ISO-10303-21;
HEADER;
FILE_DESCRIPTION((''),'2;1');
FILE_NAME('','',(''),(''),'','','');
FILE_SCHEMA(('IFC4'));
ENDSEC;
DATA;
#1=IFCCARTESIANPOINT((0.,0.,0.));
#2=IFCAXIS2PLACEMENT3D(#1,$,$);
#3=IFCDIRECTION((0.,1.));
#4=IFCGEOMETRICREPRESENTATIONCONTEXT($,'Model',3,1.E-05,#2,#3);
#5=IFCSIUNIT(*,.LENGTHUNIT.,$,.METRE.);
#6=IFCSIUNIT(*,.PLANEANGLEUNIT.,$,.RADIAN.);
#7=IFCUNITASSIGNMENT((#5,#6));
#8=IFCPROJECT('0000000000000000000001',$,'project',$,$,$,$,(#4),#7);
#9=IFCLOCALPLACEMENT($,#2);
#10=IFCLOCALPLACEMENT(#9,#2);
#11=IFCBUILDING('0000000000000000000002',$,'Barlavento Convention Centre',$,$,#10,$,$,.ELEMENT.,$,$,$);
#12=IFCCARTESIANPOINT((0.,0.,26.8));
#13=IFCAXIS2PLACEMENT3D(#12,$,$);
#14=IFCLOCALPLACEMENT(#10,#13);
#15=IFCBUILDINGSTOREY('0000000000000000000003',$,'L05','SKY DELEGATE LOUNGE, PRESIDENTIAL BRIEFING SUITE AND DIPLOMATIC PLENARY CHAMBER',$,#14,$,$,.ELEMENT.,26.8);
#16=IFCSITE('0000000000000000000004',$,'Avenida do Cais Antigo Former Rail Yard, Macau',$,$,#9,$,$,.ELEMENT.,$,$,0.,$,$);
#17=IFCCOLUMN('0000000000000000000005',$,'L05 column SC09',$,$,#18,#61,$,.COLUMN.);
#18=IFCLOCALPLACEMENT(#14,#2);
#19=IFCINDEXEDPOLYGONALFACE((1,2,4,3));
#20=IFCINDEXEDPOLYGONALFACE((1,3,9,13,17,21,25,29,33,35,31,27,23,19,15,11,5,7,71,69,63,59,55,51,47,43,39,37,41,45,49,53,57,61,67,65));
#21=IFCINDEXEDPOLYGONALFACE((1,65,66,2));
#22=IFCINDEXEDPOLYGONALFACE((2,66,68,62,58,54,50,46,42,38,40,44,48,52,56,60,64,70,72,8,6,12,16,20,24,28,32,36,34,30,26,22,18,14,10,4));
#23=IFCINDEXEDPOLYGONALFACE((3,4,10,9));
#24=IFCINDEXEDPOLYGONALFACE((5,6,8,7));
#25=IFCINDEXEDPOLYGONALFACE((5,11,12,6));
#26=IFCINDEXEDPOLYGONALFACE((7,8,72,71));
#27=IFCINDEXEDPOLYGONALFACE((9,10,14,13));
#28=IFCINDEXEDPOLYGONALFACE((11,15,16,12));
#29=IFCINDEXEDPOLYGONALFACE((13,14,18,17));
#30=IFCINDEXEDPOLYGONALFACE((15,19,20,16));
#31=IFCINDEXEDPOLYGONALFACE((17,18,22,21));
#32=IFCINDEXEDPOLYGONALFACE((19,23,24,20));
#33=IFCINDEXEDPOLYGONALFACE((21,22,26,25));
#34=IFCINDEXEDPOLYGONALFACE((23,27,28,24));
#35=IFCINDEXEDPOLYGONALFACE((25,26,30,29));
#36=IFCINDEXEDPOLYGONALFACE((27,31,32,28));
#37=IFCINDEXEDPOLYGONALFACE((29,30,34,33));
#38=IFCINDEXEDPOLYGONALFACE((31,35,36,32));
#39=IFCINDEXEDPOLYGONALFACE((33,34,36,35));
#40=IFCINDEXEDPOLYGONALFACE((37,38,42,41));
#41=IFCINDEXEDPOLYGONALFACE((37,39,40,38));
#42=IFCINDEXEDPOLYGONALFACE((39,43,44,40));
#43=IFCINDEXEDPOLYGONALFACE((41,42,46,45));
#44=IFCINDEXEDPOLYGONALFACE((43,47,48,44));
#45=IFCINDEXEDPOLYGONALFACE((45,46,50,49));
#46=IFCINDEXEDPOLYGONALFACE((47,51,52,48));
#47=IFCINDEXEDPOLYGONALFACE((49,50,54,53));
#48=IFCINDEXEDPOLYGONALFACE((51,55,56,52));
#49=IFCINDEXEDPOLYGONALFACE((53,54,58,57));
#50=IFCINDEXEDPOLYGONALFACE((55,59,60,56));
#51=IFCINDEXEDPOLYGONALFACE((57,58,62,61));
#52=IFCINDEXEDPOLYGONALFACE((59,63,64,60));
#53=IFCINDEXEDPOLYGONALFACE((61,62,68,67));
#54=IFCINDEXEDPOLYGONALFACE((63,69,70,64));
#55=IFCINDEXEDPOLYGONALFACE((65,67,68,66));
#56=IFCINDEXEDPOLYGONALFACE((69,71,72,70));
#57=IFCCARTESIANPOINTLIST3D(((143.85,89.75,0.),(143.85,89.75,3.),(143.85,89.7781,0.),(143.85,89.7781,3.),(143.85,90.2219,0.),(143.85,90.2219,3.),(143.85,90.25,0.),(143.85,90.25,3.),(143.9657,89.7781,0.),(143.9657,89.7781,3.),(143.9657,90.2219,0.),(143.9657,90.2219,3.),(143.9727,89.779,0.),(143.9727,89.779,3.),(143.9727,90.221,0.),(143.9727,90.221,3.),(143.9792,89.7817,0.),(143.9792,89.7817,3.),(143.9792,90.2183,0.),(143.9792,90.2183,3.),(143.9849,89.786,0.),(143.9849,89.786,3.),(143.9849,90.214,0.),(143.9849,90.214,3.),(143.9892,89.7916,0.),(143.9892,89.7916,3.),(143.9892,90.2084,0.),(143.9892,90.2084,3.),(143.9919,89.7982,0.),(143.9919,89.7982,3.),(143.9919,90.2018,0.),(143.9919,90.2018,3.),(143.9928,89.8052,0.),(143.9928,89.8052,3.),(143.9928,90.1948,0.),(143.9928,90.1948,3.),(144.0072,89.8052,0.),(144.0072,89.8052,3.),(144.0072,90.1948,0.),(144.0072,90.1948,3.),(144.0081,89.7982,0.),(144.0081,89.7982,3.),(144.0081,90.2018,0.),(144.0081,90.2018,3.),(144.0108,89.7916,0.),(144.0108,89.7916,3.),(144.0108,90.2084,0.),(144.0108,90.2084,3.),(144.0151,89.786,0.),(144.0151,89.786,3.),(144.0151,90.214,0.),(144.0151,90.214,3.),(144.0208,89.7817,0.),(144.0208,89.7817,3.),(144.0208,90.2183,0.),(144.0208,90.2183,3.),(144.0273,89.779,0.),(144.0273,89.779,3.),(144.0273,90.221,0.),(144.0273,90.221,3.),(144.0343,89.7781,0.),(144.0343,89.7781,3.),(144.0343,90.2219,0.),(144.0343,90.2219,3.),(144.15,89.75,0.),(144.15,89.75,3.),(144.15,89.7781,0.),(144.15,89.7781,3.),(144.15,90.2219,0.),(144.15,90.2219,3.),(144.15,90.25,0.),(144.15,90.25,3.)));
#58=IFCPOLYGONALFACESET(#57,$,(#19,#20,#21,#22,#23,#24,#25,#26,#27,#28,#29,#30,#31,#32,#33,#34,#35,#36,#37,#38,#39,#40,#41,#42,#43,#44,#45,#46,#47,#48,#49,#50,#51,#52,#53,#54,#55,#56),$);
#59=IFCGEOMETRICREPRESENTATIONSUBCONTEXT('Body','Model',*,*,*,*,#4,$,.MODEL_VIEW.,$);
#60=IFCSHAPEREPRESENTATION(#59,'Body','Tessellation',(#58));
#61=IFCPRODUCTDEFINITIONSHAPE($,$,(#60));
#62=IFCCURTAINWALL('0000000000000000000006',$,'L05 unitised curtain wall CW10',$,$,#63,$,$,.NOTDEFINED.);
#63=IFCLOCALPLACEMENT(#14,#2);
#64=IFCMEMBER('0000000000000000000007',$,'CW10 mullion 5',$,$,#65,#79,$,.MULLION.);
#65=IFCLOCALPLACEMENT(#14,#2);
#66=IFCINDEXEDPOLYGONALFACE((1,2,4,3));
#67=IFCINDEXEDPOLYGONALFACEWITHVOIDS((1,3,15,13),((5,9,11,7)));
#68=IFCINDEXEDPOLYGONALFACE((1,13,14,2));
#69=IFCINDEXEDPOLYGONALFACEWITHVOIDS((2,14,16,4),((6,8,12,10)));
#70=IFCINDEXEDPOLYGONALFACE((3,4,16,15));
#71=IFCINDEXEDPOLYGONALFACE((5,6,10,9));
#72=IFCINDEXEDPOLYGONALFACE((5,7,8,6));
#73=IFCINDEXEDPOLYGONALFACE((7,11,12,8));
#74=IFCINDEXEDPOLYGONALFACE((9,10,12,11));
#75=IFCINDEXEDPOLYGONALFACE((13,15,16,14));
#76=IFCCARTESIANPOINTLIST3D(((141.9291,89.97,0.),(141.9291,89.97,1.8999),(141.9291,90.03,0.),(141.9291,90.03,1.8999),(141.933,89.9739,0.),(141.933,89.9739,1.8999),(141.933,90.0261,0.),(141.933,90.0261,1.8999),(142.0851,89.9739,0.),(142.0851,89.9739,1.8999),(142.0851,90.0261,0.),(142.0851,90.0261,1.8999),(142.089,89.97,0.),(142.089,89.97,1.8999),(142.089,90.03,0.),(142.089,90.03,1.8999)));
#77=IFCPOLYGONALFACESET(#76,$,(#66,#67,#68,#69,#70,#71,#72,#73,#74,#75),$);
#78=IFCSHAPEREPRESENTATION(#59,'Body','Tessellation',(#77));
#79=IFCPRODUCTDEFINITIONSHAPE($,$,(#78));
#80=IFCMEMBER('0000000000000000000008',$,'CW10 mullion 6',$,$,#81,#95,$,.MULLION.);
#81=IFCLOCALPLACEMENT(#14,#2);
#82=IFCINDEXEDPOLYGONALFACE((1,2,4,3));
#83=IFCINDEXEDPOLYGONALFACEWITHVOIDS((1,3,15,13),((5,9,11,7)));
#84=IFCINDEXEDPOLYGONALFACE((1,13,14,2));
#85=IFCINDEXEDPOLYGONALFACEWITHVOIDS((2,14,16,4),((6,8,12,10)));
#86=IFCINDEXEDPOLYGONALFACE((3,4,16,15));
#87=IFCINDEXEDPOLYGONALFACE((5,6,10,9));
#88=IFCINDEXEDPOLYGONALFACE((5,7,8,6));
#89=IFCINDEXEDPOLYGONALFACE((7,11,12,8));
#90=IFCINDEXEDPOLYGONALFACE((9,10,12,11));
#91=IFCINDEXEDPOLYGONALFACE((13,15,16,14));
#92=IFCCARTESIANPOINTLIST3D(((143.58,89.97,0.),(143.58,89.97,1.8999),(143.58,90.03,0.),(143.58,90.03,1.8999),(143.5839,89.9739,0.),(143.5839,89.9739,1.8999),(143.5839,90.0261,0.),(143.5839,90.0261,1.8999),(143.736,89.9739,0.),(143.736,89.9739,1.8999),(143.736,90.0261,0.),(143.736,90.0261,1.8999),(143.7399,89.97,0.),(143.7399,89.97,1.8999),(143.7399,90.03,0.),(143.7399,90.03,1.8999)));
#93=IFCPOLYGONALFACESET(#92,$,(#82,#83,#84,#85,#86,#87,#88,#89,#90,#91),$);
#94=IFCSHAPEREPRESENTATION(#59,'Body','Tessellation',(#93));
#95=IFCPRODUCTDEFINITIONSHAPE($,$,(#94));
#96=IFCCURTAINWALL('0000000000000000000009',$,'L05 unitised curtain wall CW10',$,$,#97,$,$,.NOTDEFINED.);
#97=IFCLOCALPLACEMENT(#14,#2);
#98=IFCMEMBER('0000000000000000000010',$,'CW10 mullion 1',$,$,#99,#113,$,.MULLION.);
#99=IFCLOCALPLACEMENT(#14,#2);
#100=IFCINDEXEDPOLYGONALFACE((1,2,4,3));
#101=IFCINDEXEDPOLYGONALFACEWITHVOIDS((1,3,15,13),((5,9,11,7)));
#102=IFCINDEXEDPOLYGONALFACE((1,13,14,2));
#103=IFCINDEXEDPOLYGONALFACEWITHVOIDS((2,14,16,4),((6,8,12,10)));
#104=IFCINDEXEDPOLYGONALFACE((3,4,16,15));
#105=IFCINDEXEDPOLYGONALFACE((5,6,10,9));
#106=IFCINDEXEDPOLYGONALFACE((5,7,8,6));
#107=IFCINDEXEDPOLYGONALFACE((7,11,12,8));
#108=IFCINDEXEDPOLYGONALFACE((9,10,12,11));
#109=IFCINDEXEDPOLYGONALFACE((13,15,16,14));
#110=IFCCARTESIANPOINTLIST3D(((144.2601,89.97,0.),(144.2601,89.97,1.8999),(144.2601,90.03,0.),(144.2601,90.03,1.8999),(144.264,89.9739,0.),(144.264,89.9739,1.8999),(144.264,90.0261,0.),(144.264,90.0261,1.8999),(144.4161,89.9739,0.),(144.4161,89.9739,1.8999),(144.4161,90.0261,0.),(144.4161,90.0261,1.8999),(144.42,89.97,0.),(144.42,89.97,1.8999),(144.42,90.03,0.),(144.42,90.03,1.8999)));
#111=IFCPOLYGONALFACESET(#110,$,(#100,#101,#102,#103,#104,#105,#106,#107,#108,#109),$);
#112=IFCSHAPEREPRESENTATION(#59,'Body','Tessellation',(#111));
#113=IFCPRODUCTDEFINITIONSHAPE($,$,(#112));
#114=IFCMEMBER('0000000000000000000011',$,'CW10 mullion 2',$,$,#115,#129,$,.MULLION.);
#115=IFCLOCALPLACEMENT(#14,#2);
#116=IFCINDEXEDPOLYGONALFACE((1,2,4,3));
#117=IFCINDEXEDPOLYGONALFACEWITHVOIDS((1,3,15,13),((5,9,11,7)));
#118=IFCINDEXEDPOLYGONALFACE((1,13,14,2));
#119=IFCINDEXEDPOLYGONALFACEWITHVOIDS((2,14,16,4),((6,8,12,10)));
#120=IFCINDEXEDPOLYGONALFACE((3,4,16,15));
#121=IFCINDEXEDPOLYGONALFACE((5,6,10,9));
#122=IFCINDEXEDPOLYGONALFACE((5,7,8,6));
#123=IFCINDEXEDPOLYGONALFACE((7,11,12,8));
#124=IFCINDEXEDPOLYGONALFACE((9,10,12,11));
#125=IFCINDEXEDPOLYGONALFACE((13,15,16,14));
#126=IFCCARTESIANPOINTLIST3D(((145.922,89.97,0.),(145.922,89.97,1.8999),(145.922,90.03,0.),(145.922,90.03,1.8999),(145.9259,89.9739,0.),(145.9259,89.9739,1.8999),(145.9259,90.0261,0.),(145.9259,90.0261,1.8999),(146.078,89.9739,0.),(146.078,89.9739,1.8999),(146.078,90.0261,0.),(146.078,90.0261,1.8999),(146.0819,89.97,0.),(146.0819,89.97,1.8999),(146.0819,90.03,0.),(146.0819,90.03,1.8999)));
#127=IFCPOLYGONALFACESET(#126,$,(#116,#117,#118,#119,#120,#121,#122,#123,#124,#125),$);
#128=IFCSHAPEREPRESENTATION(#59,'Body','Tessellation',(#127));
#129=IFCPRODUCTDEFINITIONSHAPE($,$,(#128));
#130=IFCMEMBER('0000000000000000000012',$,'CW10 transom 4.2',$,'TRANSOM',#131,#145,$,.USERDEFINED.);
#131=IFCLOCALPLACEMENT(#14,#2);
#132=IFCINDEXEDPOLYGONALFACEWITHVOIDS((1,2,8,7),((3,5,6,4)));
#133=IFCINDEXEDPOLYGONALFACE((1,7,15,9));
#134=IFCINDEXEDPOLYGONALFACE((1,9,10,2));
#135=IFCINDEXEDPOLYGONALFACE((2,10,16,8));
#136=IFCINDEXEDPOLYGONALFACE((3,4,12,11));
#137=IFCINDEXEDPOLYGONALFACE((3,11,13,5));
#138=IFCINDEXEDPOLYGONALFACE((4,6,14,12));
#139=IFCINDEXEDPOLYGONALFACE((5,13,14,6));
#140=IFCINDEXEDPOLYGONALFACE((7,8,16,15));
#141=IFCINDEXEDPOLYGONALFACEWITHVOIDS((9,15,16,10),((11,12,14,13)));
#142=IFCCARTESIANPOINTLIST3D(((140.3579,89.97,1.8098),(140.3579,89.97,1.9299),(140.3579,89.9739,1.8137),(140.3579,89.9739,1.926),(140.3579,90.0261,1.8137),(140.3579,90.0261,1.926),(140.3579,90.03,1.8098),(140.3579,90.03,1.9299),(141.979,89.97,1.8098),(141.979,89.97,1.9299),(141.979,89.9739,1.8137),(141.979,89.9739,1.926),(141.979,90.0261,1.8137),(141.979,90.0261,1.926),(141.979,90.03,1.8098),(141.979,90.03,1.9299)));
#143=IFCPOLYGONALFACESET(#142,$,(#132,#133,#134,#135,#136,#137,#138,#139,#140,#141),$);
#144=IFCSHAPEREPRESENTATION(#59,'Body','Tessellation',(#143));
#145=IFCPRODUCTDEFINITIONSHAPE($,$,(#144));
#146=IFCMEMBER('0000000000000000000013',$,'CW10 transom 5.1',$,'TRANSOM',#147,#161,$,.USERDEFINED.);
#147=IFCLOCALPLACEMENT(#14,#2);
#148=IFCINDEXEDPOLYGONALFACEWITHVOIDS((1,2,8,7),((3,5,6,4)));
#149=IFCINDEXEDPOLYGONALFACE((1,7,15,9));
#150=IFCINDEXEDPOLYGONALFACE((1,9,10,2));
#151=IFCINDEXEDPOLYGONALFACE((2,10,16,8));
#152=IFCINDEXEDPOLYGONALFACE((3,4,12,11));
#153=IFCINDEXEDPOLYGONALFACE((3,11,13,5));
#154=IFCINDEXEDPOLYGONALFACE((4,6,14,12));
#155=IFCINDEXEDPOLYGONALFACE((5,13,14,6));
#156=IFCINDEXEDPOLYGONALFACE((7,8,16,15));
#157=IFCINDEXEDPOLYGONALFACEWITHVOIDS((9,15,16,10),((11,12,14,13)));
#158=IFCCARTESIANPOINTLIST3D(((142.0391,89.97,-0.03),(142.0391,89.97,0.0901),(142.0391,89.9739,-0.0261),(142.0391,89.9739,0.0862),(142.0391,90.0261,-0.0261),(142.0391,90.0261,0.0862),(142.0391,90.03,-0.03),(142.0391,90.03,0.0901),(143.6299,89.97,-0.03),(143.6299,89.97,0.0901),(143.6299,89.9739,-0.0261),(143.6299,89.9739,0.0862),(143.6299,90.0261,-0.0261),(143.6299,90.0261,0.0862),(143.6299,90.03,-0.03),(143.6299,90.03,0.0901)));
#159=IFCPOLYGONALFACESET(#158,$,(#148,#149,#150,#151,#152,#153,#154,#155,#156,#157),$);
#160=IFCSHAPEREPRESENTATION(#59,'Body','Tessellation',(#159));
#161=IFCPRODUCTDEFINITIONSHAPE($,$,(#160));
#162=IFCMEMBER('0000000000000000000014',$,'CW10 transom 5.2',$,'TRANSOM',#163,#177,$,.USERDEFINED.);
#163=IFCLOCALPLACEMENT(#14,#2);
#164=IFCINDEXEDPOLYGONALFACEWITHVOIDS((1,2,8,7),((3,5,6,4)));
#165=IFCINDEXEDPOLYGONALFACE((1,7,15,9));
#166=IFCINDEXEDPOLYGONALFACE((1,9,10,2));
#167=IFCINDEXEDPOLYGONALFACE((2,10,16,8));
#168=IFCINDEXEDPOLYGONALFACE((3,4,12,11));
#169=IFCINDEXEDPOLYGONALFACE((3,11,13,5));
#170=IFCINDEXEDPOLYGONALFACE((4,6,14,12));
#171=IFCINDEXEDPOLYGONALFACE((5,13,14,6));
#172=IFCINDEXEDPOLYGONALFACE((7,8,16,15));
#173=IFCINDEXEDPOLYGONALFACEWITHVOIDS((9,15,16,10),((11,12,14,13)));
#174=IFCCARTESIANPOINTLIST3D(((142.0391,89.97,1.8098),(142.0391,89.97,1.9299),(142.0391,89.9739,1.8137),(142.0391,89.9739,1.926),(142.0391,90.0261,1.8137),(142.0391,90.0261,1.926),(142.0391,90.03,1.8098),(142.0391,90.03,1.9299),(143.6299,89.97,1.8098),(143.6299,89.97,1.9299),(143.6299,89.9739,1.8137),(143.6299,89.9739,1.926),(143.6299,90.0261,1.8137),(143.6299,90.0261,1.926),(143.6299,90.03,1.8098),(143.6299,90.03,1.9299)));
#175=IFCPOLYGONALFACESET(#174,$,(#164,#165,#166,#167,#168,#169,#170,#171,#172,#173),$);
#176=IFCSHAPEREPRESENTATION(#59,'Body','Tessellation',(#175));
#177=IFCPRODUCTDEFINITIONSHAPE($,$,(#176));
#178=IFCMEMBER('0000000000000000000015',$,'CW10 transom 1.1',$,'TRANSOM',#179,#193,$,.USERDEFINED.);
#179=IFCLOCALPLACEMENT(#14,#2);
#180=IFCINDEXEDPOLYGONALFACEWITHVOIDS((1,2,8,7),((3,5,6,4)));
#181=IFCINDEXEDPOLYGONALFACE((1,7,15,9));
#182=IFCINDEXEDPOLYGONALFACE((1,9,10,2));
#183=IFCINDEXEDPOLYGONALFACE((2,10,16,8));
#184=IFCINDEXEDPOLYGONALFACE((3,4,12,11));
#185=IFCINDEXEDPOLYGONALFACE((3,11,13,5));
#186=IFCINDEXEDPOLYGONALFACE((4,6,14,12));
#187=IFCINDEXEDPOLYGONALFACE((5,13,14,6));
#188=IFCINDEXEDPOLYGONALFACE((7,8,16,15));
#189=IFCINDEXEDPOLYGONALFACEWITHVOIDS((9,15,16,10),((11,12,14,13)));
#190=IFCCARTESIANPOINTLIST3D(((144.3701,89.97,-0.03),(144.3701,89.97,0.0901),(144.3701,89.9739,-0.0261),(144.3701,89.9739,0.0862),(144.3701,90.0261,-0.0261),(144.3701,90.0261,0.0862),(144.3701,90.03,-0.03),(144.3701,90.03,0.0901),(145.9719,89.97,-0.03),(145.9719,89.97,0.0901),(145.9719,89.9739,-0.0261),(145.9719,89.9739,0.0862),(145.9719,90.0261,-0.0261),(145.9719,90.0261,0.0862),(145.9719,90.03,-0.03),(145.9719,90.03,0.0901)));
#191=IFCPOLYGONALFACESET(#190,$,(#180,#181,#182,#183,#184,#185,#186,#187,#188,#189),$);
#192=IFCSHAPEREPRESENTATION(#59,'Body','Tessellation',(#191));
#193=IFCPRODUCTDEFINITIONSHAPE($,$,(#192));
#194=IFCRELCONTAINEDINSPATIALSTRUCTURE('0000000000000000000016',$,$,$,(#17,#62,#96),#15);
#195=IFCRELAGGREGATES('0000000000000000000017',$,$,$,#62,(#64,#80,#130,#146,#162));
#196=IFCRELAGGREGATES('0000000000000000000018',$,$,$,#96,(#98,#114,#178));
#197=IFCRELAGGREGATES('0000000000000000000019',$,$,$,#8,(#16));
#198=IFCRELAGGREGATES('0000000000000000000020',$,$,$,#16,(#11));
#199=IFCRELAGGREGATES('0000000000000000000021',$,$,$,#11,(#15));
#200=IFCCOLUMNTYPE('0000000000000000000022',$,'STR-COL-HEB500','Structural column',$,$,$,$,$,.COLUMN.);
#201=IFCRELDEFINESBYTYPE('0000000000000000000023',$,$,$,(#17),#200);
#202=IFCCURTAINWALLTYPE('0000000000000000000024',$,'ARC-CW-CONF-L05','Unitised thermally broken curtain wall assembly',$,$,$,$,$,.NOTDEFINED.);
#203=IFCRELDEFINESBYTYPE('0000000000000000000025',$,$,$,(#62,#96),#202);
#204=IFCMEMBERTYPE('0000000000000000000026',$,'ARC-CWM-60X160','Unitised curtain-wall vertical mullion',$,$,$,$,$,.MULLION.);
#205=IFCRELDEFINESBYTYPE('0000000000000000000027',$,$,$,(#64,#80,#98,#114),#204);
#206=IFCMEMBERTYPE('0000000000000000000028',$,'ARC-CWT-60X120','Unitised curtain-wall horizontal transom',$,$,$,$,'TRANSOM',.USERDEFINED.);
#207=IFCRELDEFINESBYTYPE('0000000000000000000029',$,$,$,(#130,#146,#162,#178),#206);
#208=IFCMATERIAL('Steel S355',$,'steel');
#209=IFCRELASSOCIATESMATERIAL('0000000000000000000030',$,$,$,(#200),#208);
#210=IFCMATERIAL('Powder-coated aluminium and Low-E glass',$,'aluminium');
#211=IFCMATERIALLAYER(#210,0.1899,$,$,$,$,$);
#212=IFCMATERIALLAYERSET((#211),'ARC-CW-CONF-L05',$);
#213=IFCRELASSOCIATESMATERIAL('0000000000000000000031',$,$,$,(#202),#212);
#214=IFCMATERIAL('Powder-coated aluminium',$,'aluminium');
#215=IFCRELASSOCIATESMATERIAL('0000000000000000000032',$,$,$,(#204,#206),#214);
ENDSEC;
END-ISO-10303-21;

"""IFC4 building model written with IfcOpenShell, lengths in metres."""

from ifc_helpers import new_model, si_unit, direction, frame, origin, origin_2d, place, context, subcontext, project, spatial, hollow_rectangle, i_section, extrude, material, layer, layer_set, material_profile, profile_set, type_object, element, aggregate, save


model = new_model("IFC4")

# Units and contexts
model_context = context("Model", 3, precision=1e-05, world=origin(), true_north=direction((0.0, 1.0)))
body_context = subcontext(model_context, "Body", "Model", "MODEL_VIEW")
ifc_project = project(units=[si_unit("LENGTHUNIT", "METRE"), si_unit("PLANEANGLEUNIT", "RADIAN")], contexts=[model_context])

# Site, building, storey
site_placement = place(None, origin())
site = spatial("IfcSite", under=ifc_project, at=site_placement, Name="Avenida do Cais Antigo Former Rail Yard, Macau", CompositionType="ELEMENT", RefElevation=0.0)
building_placement = place(site_placement, origin())
building = spatial("IfcBuilding", under=site, at=building_placement, Name="Barlavento Convention Centre", CompositionType="ELEMENT")
storey_placement = place(building_placement, frame((0.0, 0.0, 26.8)))
storey = spatial("IfcBuildingStorey", under=building, at=storey_placement, Name="L05", Description="SKY DELEGATE LOUNGE, PRESIDENTIAL BRIEFING SUITE AND DIPLOMATIC PLENARY CHAMBER", CompositionType="ELEMENT", Elevation=26.8)

# Column
ifc_material_1 = material(Name="Steel S355", Category="steel")
ifc_material_profile_1 = material_profile(ifc_material_1, i_section(OverallWidth=0.3, OverallDepth=0.5, WebThickness=0.0144, FlangeThickness=0.0281, FilletRadius=0.0271, at=origin_2d()), Name="HEB 500")
ifc_profile_set_1 = profile_set([ifc_material_profile_1], Name="Steel S355")
column_type = type_object("IfcColumnType", Name="STR-COL-HEB500", Description="Structural column", PredefinedType="COLUMN", material=ifc_profile_set_1)
column_placement = place(storey_placement, frame((144.0, 90.0, 0.0), z_axis=(0.0, 0.0, 1.0), x_axis=(1.0, 0.0, 0.0)))
element("IfcColumn", 1, at=column_placement, inside=storey, type_object=column_type, Name="L05 column SC09", PredefinedType="COLUMN", context=body_context, shape_type="SweptSolid", body=[
    extrude(i_section(OverallWidth=0.3, OverallDepth=0.5, WebThickness=0.0144, FlangeThickness=0.0281, FilletRadius=0.0271, at=origin_2d()), origin(), (0.0, 0.0, 1.0), 3.0),
])

# Curtain walls, members
ifc_material_2 = material(Name="Powder-coated aluminium and Low-E glass", Category="aluminium")
ifc_layer_1 = layer(ifc_material_2, 0.1899)
ifc_layer_set_1 = layer_set([ifc_layer_1], Name="ARC-CW-CONF-L05")
curtain_wall_type = type_object("IfcCurtainWallType", Name="ARC-CW-CONF-L05", Description="Unitised thermally broken curtain wall assembly", PredefinedType="NOTDEFINED", material=ifc_layer_set_1)
curtain_wall_1_placement = place(storey_placement, origin())
curtain_wall_1 = element("IfcCurtainWall", 2, at=curtain_wall_1_placement, inside=storey, type_object=curtain_wall_type, Name="L05 unitised curtain wall CW10", PredefinedType="NOTDEFINED")
ifc_material_3 = material(Name="Powder-coated aluminium", Category="aluminium")
ifc_material_profile_2 = material_profile(ifc_material_3, hollow_rectangle(XDim=0.0601, YDim=0.1599, WallThickness=0.0039, at=origin_2d()), Name="AL-MULL 60x160x4")
ifc_profile_set_2 = profile_set([ifc_material_profile_2], Name="Powder-coated aluminium")
member_type_1 = type_object("IfcMemberType", Name="ARC-CWM-60X160", Description="Unitised curtain-wall vertical mullion", PredefinedType="MULLION", material=ifc_profile_set_2)
member_1_placement = place(storey_placement, frame((142.009, 90.0, 0.0), z_axis=(0.0, 0.0, 1.0), x_axis=(0.0, 1.0, 0.0)))
member_1 = element("IfcMember", 3, at=member_1_placement, type_object=member_type_1, Name="CW10 mullion 5", PredefinedType="MULLION", context=body_context, shape_type="SweptSolid", body=[
    extrude(hollow_rectangle(XDim=0.0601, YDim=0.1599, WallThickness=0.0039, at=origin_2d()), origin(), (0.0, 0.0, 1.0), 1.8999),
])
member_2_placement = place(storey_placement, frame((143.6599, 90.0, 0.0), z_axis=(0.0, 0.0, 1.0), x_axis=(0.0, 1.0, 0.0)))
member_2 = element("IfcMember", 4, at=member_2_placement, type_object=member_type_1, Name="CW10 mullion 6", PredefinedType="MULLION", context=body_context, shape_type="SweptSolid", body=[
    extrude(hollow_rectangle(XDim=0.0601, YDim=0.1599, WallThickness=0.0039, at=origin_2d()), origin(), (0.0, 0.0, 1.0), 1.8999),
])
curtain_wall_2_placement = place(storey_placement, origin())
curtain_wall_2 = element("IfcCurtainWall", 5, at=curtain_wall_2_placement, inside=storey, type_object=curtain_wall_type, Name="L05 unitised curtain wall CW10", PredefinedType="NOTDEFINED")
member_3_placement = place(storey_placement, frame((144.3401, 90.0, 0.0), z_axis=(0.0, 0.0, 1.0), x_axis=(0.0, 1.0, 0.0)))
member_3 = element("IfcMember", 6, at=member_3_placement, type_object=member_type_1, Name="CW10 mullion 1", PredefinedType="MULLION", context=body_context, shape_type="SweptSolid", body=[
    extrude(hollow_rectangle(XDim=0.0601, YDim=0.1599, WallThickness=0.0039, at=origin_2d()), origin(), (0.0, 0.0, 1.0), 1.8999),
])
member_4_placement = place(storey_placement, frame((146.002, 90.0, 0.0), z_axis=(0.0, 0.0, 1.0), x_axis=(0.0, 1.0, 0.0)))
member_4 = element("IfcMember", 7, at=member_4_placement, type_object=member_type_1, Name="CW10 mullion 2", PredefinedType="MULLION", context=body_context, shape_type="SweptSolid", body=[
    extrude(hollow_rectangle(XDim=0.0601, YDim=0.1599, WallThickness=0.0039, at=origin_2d()), origin(), (0.0, 0.0, 1.0), 1.8999),
])

# Members
ifc_material_profile_3 = material_profile(ifc_material_3, hollow_rectangle(XDim=0.0601, YDim=0.1201, WallThickness=0.0039, at=origin_2d()), Name="AL-TRAN 60x120x4")
ifc_profile_set_3 = profile_set([ifc_material_profile_3], Name="Powder-coated aluminium")
member_type_2 = type_object("IfcMemberType", Name="ARC-CWT-60X120", Description="Unitised curtain-wall horizontal transom", ElementType="TRANSOM", PredefinedType="USERDEFINED", material=ifc_profile_set_3)
member_5_placement = place(storey_placement, frame((140.3579, 90.0, 1.8699), z_axis=(1.0, 0.0, 0.0), x_axis=(0.0, 1.0, 0.0)))
member_5 = element("IfcMember", 8, at=member_5_placement, type_object=member_type_2, Name="CW10 transom 4.2", ObjectType="TRANSOM", PredefinedType="USERDEFINED", context=body_context, shape_type="SweptSolid", body=[
    extrude(hollow_rectangle(XDim=0.0601, YDim=0.1201, WallThickness=0.0039, at=origin_2d()), origin(), (0.0, 0.0, 1.0), 1.6211),
])
member_6_placement = place(storey_placement, frame((142.0391, 90.0, 0.03), z_axis=(1.0, 0.0, 0.0), x_axis=(0.0, 1.0, 0.0)))
member_6 = element("IfcMember", 9, at=member_6_placement, type_object=member_type_2, Name="CW10 transom 5.1", ObjectType="TRANSOM", PredefinedType="USERDEFINED", context=body_context, shape_type="SweptSolid", body=[
    extrude(hollow_rectangle(XDim=0.0601, YDim=0.1201, WallThickness=0.0039, at=origin_2d()), origin(), (0.0, 0.0, 1.0), 1.5908),
])
member_7_placement = place(storey_placement, frame((142.0391, 90.0, 1.8699), z_axis=(1.0, 0.0, 0.0), x_axis=(0.0, 1.0, 0.0)))
member_7 = element("IfcMember", 10, at=member_7_placement, type_object=member_type_2, Name="CW10 transom 5.2", ObjectType="TRANSOM", PredefinedType="USERDEFINED", context=body_context, shape_type="SweptSolid", body=[
    extrude(hollow_rectangle(XDim=0.0601, YDim=0.1201, WallThickness=0.0039, at=origin_2d()), origin(), (0.0, 0.0, 1.0), 1.5908),
])
member_8_placement = place(storey_placement, frame((144.3701, 90.0, 0.03), z_axis=(1.0, 0.0, 0.0), x_axis=(0.0, 1.0, 0.0)))
member_8 = element("IfcMember", 11, at=member_8_placement, type_object=member_type_2, Name="CW10 transom 1.1", ObjectType="TRANSOM", PredefinedType="USERDEFINED", context=body_context, shape_type="SweptSolid", body=[
    extrude(hollow_rectangle(XDim=0.0601, YDim=0.1201, WallThickness=0.0039, at=origin_2d()), origin(), (0.0, 0.0, 1.0), 1.6018),
])

aggregate(curtain_wall_1, [member_1, member_2, member_5, member_6, member_7])
aggregate(curtain_wall_2, [member_3, member_4, member_8])

save(model, "model.ifc")
